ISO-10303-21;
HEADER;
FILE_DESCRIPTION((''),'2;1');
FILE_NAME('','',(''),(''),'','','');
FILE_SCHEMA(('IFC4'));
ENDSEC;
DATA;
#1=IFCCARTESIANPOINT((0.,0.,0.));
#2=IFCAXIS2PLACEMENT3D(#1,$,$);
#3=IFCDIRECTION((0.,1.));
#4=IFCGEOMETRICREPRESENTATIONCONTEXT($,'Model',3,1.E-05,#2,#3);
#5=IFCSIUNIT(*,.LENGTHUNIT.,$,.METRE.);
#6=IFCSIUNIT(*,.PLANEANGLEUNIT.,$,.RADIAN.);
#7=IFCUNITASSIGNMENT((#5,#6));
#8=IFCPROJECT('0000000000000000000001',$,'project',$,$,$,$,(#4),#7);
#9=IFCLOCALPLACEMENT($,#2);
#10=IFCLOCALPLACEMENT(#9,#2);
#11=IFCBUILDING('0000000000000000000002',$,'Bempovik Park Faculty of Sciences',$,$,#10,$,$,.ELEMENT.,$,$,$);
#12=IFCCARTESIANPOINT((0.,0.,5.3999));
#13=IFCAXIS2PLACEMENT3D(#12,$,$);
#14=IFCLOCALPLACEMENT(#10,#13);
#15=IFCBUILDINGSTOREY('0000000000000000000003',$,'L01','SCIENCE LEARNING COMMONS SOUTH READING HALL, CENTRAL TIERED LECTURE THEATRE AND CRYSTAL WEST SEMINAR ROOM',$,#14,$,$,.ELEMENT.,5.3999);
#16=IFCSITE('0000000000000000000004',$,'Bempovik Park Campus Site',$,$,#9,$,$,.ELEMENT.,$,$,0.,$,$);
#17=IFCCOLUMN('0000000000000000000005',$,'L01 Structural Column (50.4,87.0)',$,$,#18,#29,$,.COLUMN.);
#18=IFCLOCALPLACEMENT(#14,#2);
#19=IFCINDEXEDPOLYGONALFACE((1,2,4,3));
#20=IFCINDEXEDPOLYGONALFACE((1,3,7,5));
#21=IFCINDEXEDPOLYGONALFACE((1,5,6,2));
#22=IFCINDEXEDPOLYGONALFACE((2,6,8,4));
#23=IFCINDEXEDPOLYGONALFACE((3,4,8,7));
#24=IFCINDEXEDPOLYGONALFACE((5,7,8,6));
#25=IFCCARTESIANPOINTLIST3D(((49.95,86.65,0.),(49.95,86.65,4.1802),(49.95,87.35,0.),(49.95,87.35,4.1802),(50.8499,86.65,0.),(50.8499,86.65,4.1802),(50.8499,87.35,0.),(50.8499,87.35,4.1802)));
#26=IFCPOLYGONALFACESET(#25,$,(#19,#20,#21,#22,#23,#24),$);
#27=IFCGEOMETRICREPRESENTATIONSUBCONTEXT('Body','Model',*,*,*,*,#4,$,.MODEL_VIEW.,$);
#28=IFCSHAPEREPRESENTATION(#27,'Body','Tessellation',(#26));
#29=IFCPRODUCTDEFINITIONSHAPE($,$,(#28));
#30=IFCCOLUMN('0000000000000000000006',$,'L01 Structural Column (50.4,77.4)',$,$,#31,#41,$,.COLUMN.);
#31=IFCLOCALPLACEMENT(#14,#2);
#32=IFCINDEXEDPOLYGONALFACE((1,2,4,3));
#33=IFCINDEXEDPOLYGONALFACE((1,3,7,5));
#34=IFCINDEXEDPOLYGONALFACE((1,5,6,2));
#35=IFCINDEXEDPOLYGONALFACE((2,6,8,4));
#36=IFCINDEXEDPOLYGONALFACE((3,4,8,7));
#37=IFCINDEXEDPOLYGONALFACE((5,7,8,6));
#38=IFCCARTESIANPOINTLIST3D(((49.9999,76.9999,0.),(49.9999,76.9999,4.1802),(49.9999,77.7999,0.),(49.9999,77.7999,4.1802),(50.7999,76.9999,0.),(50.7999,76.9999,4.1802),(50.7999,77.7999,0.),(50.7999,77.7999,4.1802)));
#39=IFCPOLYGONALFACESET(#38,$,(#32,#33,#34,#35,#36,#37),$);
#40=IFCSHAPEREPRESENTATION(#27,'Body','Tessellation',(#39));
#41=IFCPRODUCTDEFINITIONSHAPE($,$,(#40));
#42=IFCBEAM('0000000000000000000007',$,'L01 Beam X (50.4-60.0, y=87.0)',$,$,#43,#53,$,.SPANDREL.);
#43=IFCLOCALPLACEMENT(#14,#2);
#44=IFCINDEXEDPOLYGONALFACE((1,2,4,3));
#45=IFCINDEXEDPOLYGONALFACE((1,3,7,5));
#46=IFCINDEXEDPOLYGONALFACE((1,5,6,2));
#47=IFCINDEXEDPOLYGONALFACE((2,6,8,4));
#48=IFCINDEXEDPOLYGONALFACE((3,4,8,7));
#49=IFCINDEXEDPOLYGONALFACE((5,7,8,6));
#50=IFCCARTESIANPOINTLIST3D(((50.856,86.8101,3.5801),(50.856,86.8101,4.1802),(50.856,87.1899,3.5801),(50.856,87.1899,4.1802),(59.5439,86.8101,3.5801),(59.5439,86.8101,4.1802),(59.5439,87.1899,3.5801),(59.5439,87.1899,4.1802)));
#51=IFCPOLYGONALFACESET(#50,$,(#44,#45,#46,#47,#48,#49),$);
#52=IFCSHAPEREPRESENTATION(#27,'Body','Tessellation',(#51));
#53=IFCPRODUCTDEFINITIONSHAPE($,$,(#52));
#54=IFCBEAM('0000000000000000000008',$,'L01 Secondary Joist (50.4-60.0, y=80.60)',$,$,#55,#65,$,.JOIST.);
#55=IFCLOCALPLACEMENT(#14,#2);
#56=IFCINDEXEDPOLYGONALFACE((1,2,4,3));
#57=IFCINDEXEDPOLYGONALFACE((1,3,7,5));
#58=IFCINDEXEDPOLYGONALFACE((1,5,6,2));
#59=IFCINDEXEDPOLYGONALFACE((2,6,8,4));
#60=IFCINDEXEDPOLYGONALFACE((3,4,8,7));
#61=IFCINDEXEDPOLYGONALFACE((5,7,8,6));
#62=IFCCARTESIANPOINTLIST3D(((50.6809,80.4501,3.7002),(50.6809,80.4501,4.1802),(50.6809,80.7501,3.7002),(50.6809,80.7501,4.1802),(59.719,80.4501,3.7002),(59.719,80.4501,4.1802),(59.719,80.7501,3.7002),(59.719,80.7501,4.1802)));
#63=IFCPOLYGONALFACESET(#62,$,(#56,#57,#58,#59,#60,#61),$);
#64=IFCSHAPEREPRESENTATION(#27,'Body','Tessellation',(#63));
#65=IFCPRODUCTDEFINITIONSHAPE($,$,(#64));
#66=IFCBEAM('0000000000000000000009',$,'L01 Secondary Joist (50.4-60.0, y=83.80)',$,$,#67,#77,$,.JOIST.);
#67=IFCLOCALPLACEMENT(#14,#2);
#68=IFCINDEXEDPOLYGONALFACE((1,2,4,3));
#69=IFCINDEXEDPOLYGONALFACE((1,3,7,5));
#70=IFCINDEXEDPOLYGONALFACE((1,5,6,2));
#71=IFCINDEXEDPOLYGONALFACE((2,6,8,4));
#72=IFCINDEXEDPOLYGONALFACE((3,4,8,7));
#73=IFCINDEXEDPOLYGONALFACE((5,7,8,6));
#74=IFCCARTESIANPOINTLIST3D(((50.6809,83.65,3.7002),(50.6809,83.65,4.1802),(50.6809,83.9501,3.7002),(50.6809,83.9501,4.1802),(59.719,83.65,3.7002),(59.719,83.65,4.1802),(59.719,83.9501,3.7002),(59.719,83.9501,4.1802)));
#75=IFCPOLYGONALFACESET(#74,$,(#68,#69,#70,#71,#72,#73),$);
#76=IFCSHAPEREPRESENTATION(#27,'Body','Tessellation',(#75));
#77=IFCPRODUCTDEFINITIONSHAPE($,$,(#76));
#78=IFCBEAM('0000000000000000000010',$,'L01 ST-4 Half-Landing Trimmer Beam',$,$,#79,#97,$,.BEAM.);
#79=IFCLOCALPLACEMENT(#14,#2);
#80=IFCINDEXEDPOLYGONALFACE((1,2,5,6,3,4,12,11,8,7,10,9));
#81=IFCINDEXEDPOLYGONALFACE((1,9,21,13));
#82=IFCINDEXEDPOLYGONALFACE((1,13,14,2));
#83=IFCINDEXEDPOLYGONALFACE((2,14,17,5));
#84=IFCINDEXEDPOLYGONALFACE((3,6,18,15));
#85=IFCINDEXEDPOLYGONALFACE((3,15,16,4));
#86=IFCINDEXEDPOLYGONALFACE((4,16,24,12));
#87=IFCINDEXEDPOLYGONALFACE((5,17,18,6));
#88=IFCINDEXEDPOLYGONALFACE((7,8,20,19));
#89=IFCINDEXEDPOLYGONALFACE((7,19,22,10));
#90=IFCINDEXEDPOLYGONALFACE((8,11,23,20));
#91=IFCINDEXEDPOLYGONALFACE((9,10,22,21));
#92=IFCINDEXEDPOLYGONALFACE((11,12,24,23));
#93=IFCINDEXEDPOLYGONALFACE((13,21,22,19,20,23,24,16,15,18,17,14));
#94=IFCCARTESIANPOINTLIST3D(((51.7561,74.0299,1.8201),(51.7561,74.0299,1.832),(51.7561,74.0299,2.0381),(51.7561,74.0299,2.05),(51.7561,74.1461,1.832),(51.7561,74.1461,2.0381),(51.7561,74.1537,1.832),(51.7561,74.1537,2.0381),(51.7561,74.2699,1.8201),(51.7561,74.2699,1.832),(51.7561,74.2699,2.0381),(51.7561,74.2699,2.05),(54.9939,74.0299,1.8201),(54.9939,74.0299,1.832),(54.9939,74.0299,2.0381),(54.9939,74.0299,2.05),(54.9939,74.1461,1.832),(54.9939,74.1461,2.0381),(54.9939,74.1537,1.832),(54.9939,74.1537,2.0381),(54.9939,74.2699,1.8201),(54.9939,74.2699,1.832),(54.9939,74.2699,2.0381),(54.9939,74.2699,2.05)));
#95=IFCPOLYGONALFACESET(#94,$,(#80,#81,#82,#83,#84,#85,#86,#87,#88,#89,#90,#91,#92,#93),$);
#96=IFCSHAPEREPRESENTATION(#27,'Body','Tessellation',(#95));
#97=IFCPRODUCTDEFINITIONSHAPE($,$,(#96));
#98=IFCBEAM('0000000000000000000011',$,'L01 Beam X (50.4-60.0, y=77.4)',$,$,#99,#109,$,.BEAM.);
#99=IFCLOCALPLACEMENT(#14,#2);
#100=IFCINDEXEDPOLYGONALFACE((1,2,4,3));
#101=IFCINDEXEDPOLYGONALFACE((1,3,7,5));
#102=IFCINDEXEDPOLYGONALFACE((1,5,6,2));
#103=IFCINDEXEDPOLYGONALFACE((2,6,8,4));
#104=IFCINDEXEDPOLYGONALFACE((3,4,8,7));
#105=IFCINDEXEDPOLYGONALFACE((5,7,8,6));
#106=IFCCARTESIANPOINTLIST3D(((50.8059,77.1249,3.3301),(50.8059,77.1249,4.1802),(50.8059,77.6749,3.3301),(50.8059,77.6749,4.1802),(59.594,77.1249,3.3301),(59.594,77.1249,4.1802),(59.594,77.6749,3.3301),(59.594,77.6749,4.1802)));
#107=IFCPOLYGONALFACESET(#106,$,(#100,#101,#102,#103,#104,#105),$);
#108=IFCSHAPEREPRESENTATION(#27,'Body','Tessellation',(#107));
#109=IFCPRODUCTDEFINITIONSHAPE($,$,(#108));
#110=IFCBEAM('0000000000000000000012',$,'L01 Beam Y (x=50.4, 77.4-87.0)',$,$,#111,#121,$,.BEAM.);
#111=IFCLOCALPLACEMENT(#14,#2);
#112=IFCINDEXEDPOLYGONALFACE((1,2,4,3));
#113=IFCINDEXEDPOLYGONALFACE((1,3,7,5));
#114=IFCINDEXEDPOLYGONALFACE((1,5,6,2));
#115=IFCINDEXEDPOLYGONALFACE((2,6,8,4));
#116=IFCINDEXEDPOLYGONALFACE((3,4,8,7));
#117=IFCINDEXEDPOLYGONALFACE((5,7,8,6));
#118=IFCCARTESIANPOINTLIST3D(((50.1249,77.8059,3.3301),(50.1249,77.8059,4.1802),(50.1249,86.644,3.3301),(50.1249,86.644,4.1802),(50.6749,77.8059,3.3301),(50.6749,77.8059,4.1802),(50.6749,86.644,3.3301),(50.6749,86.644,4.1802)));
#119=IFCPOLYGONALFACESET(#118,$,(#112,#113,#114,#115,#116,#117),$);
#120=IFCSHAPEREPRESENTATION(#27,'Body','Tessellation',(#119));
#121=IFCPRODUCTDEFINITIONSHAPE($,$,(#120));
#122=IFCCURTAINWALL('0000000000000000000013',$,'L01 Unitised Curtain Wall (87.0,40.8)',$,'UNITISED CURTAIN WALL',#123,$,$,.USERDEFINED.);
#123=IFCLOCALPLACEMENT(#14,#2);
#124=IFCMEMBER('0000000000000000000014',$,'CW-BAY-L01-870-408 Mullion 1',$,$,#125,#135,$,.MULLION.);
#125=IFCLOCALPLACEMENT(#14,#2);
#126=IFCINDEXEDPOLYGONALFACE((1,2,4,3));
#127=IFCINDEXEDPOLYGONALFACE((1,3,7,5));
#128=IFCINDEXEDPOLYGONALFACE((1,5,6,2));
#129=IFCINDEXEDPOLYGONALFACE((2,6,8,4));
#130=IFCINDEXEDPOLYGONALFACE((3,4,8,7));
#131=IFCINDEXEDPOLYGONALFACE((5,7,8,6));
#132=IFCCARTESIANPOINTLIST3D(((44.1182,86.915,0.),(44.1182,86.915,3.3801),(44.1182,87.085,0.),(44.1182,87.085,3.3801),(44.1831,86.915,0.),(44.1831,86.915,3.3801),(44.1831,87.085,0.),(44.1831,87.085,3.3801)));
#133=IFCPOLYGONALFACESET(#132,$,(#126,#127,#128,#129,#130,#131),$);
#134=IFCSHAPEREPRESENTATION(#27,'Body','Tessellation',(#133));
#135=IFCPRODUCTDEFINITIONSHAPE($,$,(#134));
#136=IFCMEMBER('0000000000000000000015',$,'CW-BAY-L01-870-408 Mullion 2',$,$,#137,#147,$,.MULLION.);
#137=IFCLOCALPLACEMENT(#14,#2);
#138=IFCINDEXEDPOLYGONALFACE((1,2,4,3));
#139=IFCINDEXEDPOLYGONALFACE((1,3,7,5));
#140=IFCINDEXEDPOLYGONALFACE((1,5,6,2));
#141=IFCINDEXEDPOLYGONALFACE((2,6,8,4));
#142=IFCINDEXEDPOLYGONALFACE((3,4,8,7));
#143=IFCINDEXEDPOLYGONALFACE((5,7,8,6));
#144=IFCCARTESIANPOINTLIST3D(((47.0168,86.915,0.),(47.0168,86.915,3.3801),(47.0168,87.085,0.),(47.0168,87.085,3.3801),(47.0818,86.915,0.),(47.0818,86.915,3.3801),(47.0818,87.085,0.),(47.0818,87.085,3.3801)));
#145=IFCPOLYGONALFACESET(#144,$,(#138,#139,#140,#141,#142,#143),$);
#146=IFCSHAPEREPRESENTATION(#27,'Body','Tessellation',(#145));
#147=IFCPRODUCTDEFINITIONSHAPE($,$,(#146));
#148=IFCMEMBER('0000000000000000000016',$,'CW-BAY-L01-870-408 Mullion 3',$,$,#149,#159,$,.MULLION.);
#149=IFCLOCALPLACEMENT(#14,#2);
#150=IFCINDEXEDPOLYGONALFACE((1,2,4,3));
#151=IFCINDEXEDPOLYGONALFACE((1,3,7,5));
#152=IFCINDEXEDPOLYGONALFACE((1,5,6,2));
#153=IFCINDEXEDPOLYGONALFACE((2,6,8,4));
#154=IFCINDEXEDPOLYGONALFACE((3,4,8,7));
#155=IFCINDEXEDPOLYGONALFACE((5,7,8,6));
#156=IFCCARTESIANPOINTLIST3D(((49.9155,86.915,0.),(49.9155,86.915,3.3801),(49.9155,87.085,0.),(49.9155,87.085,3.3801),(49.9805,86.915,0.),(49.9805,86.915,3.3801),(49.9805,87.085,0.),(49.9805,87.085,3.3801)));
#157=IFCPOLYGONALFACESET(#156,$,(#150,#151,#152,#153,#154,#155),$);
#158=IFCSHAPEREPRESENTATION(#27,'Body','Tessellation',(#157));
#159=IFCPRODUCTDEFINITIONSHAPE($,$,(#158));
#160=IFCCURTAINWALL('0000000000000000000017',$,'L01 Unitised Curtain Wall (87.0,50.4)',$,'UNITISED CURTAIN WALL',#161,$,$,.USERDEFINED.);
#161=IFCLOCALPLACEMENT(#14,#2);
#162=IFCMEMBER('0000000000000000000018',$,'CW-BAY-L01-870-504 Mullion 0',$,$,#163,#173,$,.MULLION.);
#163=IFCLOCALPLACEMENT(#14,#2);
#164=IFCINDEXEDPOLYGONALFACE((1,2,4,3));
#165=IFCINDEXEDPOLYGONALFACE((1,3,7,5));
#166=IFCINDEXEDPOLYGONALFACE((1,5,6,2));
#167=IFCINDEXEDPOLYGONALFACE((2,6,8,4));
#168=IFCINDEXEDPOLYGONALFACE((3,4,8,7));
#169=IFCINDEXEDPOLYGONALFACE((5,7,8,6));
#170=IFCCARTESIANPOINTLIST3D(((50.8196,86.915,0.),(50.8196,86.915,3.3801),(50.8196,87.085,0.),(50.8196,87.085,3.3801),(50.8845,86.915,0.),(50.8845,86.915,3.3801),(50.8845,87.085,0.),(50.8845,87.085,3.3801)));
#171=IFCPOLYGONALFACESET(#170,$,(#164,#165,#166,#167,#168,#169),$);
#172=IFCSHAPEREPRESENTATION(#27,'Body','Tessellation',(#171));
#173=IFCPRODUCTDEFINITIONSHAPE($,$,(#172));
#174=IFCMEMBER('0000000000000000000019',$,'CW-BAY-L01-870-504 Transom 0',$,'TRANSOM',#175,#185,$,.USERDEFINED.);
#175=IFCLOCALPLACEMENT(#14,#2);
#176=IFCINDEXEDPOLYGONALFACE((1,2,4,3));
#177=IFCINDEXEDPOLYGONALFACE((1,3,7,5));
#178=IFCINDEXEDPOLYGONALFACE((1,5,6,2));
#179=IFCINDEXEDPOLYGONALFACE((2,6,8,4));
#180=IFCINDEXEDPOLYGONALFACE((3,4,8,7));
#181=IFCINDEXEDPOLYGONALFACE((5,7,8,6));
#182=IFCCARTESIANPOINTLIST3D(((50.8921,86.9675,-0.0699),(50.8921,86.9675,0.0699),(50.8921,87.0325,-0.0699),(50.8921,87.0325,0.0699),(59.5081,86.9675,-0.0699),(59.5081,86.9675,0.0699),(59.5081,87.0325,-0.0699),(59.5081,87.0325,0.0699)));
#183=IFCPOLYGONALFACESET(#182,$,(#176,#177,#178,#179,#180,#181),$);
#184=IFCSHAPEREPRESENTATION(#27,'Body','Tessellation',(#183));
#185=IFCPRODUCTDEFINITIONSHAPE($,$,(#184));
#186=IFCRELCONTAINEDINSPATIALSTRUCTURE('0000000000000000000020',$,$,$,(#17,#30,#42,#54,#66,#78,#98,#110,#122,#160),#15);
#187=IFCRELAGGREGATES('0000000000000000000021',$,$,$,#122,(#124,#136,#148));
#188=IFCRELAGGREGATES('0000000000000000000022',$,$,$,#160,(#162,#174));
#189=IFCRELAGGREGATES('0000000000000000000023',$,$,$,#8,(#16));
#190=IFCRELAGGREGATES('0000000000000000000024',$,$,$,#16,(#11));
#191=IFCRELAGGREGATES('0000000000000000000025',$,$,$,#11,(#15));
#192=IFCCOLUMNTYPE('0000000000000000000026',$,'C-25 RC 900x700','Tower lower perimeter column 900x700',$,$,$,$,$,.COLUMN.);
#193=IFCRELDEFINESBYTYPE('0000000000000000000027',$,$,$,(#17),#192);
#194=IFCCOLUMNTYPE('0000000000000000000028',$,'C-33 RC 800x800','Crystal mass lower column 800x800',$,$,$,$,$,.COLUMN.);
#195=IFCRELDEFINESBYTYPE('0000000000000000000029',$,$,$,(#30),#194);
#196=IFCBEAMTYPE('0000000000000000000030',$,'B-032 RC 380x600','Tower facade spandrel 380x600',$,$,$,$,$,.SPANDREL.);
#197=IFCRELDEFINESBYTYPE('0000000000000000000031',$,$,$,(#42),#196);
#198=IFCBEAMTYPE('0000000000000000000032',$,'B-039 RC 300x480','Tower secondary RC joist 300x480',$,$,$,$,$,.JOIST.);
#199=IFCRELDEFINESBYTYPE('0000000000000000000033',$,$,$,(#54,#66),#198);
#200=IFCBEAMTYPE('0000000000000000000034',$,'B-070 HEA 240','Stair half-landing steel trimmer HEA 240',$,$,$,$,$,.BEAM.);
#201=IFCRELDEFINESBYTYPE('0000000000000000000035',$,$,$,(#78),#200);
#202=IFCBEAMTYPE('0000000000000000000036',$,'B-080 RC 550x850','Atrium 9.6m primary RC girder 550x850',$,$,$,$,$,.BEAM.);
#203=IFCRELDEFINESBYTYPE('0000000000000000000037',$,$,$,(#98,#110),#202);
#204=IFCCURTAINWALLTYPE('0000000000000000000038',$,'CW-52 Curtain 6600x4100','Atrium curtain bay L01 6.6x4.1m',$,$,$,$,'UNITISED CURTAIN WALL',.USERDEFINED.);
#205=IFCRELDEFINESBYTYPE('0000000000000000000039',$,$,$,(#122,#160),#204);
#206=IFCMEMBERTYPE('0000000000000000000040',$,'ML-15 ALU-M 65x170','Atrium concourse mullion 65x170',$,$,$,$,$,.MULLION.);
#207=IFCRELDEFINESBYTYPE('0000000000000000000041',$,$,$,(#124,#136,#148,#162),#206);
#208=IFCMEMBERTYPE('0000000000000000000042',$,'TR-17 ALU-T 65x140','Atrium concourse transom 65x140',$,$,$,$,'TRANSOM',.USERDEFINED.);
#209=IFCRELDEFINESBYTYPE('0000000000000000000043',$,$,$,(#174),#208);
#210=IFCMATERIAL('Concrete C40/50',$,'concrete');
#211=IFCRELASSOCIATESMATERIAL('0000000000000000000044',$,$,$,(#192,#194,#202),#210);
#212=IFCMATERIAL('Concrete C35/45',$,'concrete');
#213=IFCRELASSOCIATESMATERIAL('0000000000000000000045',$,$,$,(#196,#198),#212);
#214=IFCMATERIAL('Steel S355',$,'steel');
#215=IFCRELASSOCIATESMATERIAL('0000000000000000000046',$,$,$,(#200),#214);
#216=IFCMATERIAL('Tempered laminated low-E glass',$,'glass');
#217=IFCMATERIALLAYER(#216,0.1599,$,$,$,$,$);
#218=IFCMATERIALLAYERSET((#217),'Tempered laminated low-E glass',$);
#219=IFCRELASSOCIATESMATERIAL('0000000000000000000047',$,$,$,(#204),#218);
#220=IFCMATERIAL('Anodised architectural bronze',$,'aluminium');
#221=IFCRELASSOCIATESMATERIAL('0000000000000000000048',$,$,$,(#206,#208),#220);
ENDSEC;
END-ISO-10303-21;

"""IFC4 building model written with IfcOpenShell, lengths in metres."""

from ifc_helpers import new_model, si_unit, direction, frame, origin, origin_2d, place, context, subcontext, project, spatial, rectangle, i_section, extrude, material, layer, layer_set, material_profile, profile_set, type_object, element, aggregate, save


model = new_model("IFC4")

# Units and contexts
model_context = context("Model", 3, precision=1e-05, world=origin(), true_north=direction((0.0, 1.0)))
body_context = subcontext(model_context, "Body", "Model", "MODEL_VIEW")
ifc_project = project(units=[si_unit("LENGTHUNIT", "METRE"), si_unit("PLANEANGLEUNIT", "RADIAN")], contexts=[model_context])

# Site, building, storey
site_placement = place(None, origin())
site = spatial("IfcSite", under=ifc_project, at=site_placement, Name="Bempovik Park Campus Site", CompositionType="ELEMENT", RefElevation=0.0)
building_placement = place(site_placement, origin())
building = spatial("IfcBuilding", under=site, at=building_placement, Name="Bempovik Park Faculty of Sciences", CompositionType="ELEMENT")
storey_placement = place(building_placement, frame((0.0, 0.0, 5.3999)))
storey = spatial("IfcBuildingStorey", under=building, at=storey_placement, Name="L01", Description="SCIENCE LEARNING COMMONS SOUTH READING HALL, CENTRAL TIERED LECTURE THEATRE AND CRYSTAL WEST SEMINAR ROOM", CompositionType="ELEMENT", Elevation=5.3999)

# Columns
ifc_material_1 = material(Name="Concrete C40/50", Category="concrete")
ifc_material_profile_1 = material_profile(ifc_material_1, rectangle(XDim=0.8999, YDim=0.7, at=origin_2d()), Name="RC 900x700")
ifc_profile_set_1 = profile_set([ifc_material_profile_1], Name="Concrete C40/50")
column_type_1 = type_object("IfcColumnType", Name="C-25 RC 900x700", Description="Tower lower perimeter column 900x700", PredefinedType="COLUMN", material=ifc_profile_set_1)
column_1_placement = place(storey_placement, frame((50.3999, 87.0, 0.0), z_axis=(0.0, 0.0, 1.0), x_axis=(1.0, 0.0, 0.0)))
element("IfcColumn", 1, at=column_1_placement, inside=storey, type_object=column_type_1, Name="L01 Structural Column (50.4,87.0)", PredefinedType="COLUMN", context=body_context, shape_type="SweptSolid", body=[
    extrude(rectangle(XDim=0.8999, YDim=0.7, at=origin_2d()), origin(), (0.0, 0.0, 1.0), 4.1802),
])
ifc_material_profile_2 = material_profile(ifc_material_1, rectangle(XDim=0.8, YDim=0.8, at=origin_2d()), Name="RC 800x800")
ifc_profile_set_2 = profile_set([ifc_material_profile_2], Name="Concrete C40/50")
column_type_2 = type_object("IfcColumnType", Name="C-33 RC 800x800", Description="Crystal mass lower column 800x800", PredefinedType="COLUMN", material=ifc_profile_set_2)
column_2_placement = place(storey_placement, frame((50.3999, 77.3999, 0.0), z_axis=(0.0, 0.0, 1.0), x_axis=(1.0, 0.0, 0.0)))
element("IfcColumn", 2, at=column_2_placement, inside=storey, type_object=column_type_2, Name="L01 Structural Column (50.4,77.4)", PredefinedType="COLUMN", context=body_context, shape_type="SweptSolid", body=[
    extrude(rectangle(XDim=0.8, YDim=0.8, at=origin_2d()), origin(), (0.0, 0.0, 1.0), 4.1802),
])

# Beams
ifc_material_2 = material(Name="Concrete C35/45", Category="concrete")
ifc_material_profile_3 = material_profile(ifc_material_2, rectangle(XDim=0.3799, YDim=0.6001, at=origin_2d()), Name="RC 380x600")
ifc_profile_set_3 = profile_set([ifc_material_profile_3], Name="Concrete C35/45")
beam_type_1 = type_object("IfcBeamType", Name="B-032 RC 380x600", Description="Tower facade spandrel 380x600", PredefinedType="SPANDREL", material=ifc_profile_set_3)
beam_1_placement = place(storey_placement, frame((50.856, 87.0, 3.8801), z_axis=(1.0, 0.0, 0.0), x_axis=(0.0, 1.0, 0.0)))
element("IfcBeam", 3, at=beam_1_placement, inside=storey, type_object=beam_type_1, Name="L01 Beam X (50.4-60.0, y=87.0)", PredefinedType="SPANDREL", context=body_context, shape_type="SweptSolid", body=[
    extrude(rectangle(XDim=0.3799, YDim=0.6001, at=origin_2d()), origin(), (0.0, 0.0, 1.0), 8.688),
])
ifc_material_profile_4 = material_profile(ifc_material_2, rectangle(XDim=0.3, YDim=0.48, at=origin_2d()), Name="RC 300x480")
ifc_profile_set_4 = profile_set([ifc_material_profile_4], Name="Concrete C35/45")
beam_type_2 = type_object("IfcBeamType", Name="B-039 RC 300x480", Description="Tower secondary RC joist 300x480", PredefinedType="JOIST", material=ifc_profile_set_4)
for number, where, z_axis, x_axis, name in (
    (4, (50.6809, 80.6001, 3.9402), (1.0, 0.0, 0.0), (0.0, 1.0, 0.0), "L01 Secondary Joist (50.4-60.0, y=80.60)"),
    (5, (50.6809, 83.8, 3.9402), (1.0, 0.0, 0.0), (0.0, 1.0, 0.0), "L01 Secondary Joist (50.4-60.0, y=83.80)"),
):
    element("IfcBeam", number, at=place(storey_placement, frame(where, z_axis=z_axis, x_axis=x_axis)), inside=storey, type_object=beam_type_2, Name=name, PredefinedType="JOIST", context=body_context, shape_type="SweptSolid", body=[
        extrude(rectangle(XDim=0.3, YDim=0.48, at=origin_2d()), origin(), (0.0, 0.0, 1.0), 9.0381),
    ])
ifc_material_3 = material(Name="Steel S355", Category="steel")
ifc_material_profile_5 = material_profile(ifc_material_3, i_section(OverallWidth=0.24, OverallDepth=0.23, WebThickness=0.0076, FlangeThickness=0.012, at=origin_2d()), Name="HEA 240")
ifc_profile_set_5 = profile_set([ifc_material_profile_5], Name="Steel S355")
beam_type_3 = type_object("IfcBeamType", Name="B-070 HEA 240", Description="Stair half-landing steel trimmer HEA 240", PredefinedType="BEAM", material=ifc_profile_set_5)
beam_2_placement = place(storey_placement, frame((51.7561, 74.1499, 1.9351), z_axis=(1.0, 0.0, 0.0), x_axis=(0.0, 1.0, 0.0)))
element("IfcBeam", 6, at=beam_2_placement, inside=storey, type_object=beam_type_3, Name="L01 ST-4 Half-Landing Trimmer Beam", PredefinedType="BEAM", context=body_context, shape_type="SweptSolid", body=[
    extrude(i_section(OverallWidth=0.24, OverallDepth=0.23, WebThickness=0.0076, FlangeThickness=0.012, at=origin_2d()), origin(), (0.0, 0.0, 1.0), 3.2378),
])
ifc_material_profile_6 = material_profile(ifc_material_1, rectangle(XDim=0.55, YDim=0.8501, at=origin_2d()), Name="RC 550x850")
ifc_profile_set_6 = profile_set([ifc_material_profile_6], Name="Concrete C40/50")
beam_type_4 = type_object("IfcBeamType", Name="B-080 RC 550x850", Description="Atrium 9.6m primary RC girder 550x850", PredefinedType="BEAM", material=ifc_profile_set_6)
beam_3_placement = place(storey_placement, frame((50.8059, 77.3999, 3.7551), z_axis=(1.0, 0.0, 0.0), x_axis=(0.0, 1.0, 0.0)))
element("IfcBeam", 7, at=beam_3_placement, inside=storey, type_object=beam_type_4, Name="L01 Beam X (50.4-60.0, y=77.4)", PredefinedType="BEAM", context=body_context, shape_type="SweptSolid", body=[
    extrude(rectangle(XDim=0.55, YDim=0.8501, at=origin_2d()), origin(), (0.0, 0.0, 1.0), 8.7881),
])
beam_4_placement = place(storey_placement, frame((50.3999, 77.8059, 3.7551), z_axis=(0.0, 1.0, 0.0), x_axis=(-1.0, 0.0, 0.0)))
element("IfcBeam", 8, at=beam_4_placement, inside=storey, type_object=beam_type_4, Name="L01 Beam Y (x=50.4, 77.4-87.0)", PredefinedType="BEAM", context=body_context, shape_type="SweptSolid", body=[
    extrude(rectangle(XDim=0.55, YDim=0.8501, at=origin_2d()), origin(), (0.0, 0.0, 1.0), 8.8381),
])

# Curtain walls, members
ifc_material_4 = material(Name="Tempered laminated low-E glass", Category="glass")
ifc_layer_1 = layer(ifc_material_4, 0.1599)
ifc_layer_set_1 = layer_set([ifc_layer_1], Name="Tempered laminated low-E glass")
curtain_wall_type = type_object("IfcCurtainWallType", Name="CW-52 Curtain 6600x4100", Description="Atrium curtain bay L01 6.6x4.1m", ElementType="UNITISED CURTAIN WALL", PredefinedType="USERDEFINED", material=ifc_layer_set_1)
curtain_wall_1_placement = place(storey_placement, origin())
curtain_wall_1 = element("IfcCurtainWall", 9, at=curtain_wall_1_placement, inside=storey, type_object=curtain_wall_type, Name="L01 Unitised Curtain Wall (87.0,40.8)", ObjectType="UNITISED CURTAIN WALL", PredefinedType="USERDEFINED")
ifc_material_5 = material(Name="Anodised architectural bronze", Category="aluminium")
ifc_material_profile_7 = material_profile(ifc_material_5, rectangle(XDim=0.0649, YDim=0.1699, at=origin_2d()), Name="ALU-M 65x170")
ifc_profile_set_7 = profile_set([ifc_material_profile_7], Name="Anodised architectural bronze")
member_type_1 = type_object("IfcMemberType", Name="ML-15 ALU-M 65x170", Description="Atrium concourse mullion 65x170", PredefinedType="MULLION", material=ifc_profile_set_7)
member_1_placement = place(storey_placement, frame((44.1506, 87.0, 0.0), z_axis=(0.0, 0.0, 1.0), x_axis=(1.0, 0.0, 0.0)))
member_1 = element("IfcMember", 10, at=member_1_placement, type_object=member_type_1, Name="CW-BAY-L01-870-408 Mullion 1", PredefinedType="MULLION", context=body_context, shape_type="SweptSolid", body=[
    extrude(rectangle(XDim=0.0649, YDim=0.1699, at=origin_2d()), origin(), (0.0, 0.0, 1.0), 3.3801),
])
member_2_placement = place(storey_placement, frame((47.0493, 87.0, 0.0), z_axis=(0.0, 0.0, 1.0), x_axis=(1.0, 0.0, 0.0)))
member_2 = element("IfcMember", 11, at=member_2_placement, type_object=member_type_1, Name="CW-BAY-L01-870-408 Mullion 2", PredefinedType="MULLION", context=body_context, shape_type="SweptSolid", body=[
    extrude(rectangle(XDim=0.0649, YDim=0.1699, at=origin_2d()), origin(), (0.0, 0.0, 1.0), 3.3801),
])
member_3_placement = place(storey_placement, frame((49.948, 87.0, 0.0), z_axis=(0.0, 0.0, 1.0), x_axis=(1.0, 0.0, 0.0)))
member_3 = element("IfcMember", 12, at=member_3_placement, type_object=member_type_1, Name="CW-BAY-L01-870-408 Mullion 3", PredefinedType="MULLION", context=body_context, shape_type="SweptSolid", body=[
    extrude(rectangle(XDim=0.0649, YDim=0.1699, at=origin_2d()), origin(), (0.0, 0.0, 1.0), 3.3801),
])
curtain_wall_2_placement = place(storey_placement, origin())
curtain_wall_2 = element("IfcCurtainWall", 13, at=curtain_wall_2_placement, inside=storey, type_object=curtain_wall_type, Name="L01 Unitised Curtain Wall (87.0,50.4)", ObjectType="UNITISED CURTAIN WALL", PredefinedType="USERDEFINED")
member_4_placement = place(storey_placement, frame((50.8521, 87.0, 0.0), z_axis=(0.0, 0.0, 1.0), x_axis=(1.0, 0.0, 0.0)))
member_4 = element("IfcMember", 14, at=member_4_placement, type_object=member_type_1, Name="CW-BAY-L01-870-504 Mullion 0", PredefinedType="MULLION", context=body_context, shape_type="SweptSolid", body=[
    extrude(rectangle(XDim=0.0649, YDim=0.1699, at=origin_2d()), origin(), (0.0, 0.0, 1.0), 3.3801),
])
ifc_material_profile_8 = material_profile(ifc_material_5, rectangle(XDim=0.0649, YDim=0.1399, at=origin_2d()), Name="ALU-T 65x140")
ifc_profile_set_8 = profile_set([ifc_material_profile_8], Name="Anodised architectural bronze")
member_type_2 = type_object("IfcMemberType", Name="TR-17 ALU-T 65x140", Description="Atrium concourse transom 65x140", ElementType="TRANSOM", PredefinedType="USERDEFINED", material=ifc_profile_set_8)
member_5_placement = place(storey_placement, frame((50.8921, 87.0, 0.0), z_axis=(1.0, 0.0, 0.0), x_axis=(0.0, 1.0, 0.0)))
member_5 = element("IfcMember", 15, at=member_5_placement, type_object=member_type_2, Name="CW-BAY-L01-870-504 Transom 0", ObjectType="TRANSOM", PredefinedType="USERDEFINED", context=body_context, shape_type="SweptSolid", body=[
    extrude(rectangle(XDim=0.0649, YDim=0.1399, at=origin_2d()), origin(), (0.0, 0.0, 1.0), 8.616),
])

aggregate(curtain_wall_1, [member_1, member_2, member_3])
aggregate(curtain_wall_2, [member_4, member_5])

save(model, "model.ifc")
